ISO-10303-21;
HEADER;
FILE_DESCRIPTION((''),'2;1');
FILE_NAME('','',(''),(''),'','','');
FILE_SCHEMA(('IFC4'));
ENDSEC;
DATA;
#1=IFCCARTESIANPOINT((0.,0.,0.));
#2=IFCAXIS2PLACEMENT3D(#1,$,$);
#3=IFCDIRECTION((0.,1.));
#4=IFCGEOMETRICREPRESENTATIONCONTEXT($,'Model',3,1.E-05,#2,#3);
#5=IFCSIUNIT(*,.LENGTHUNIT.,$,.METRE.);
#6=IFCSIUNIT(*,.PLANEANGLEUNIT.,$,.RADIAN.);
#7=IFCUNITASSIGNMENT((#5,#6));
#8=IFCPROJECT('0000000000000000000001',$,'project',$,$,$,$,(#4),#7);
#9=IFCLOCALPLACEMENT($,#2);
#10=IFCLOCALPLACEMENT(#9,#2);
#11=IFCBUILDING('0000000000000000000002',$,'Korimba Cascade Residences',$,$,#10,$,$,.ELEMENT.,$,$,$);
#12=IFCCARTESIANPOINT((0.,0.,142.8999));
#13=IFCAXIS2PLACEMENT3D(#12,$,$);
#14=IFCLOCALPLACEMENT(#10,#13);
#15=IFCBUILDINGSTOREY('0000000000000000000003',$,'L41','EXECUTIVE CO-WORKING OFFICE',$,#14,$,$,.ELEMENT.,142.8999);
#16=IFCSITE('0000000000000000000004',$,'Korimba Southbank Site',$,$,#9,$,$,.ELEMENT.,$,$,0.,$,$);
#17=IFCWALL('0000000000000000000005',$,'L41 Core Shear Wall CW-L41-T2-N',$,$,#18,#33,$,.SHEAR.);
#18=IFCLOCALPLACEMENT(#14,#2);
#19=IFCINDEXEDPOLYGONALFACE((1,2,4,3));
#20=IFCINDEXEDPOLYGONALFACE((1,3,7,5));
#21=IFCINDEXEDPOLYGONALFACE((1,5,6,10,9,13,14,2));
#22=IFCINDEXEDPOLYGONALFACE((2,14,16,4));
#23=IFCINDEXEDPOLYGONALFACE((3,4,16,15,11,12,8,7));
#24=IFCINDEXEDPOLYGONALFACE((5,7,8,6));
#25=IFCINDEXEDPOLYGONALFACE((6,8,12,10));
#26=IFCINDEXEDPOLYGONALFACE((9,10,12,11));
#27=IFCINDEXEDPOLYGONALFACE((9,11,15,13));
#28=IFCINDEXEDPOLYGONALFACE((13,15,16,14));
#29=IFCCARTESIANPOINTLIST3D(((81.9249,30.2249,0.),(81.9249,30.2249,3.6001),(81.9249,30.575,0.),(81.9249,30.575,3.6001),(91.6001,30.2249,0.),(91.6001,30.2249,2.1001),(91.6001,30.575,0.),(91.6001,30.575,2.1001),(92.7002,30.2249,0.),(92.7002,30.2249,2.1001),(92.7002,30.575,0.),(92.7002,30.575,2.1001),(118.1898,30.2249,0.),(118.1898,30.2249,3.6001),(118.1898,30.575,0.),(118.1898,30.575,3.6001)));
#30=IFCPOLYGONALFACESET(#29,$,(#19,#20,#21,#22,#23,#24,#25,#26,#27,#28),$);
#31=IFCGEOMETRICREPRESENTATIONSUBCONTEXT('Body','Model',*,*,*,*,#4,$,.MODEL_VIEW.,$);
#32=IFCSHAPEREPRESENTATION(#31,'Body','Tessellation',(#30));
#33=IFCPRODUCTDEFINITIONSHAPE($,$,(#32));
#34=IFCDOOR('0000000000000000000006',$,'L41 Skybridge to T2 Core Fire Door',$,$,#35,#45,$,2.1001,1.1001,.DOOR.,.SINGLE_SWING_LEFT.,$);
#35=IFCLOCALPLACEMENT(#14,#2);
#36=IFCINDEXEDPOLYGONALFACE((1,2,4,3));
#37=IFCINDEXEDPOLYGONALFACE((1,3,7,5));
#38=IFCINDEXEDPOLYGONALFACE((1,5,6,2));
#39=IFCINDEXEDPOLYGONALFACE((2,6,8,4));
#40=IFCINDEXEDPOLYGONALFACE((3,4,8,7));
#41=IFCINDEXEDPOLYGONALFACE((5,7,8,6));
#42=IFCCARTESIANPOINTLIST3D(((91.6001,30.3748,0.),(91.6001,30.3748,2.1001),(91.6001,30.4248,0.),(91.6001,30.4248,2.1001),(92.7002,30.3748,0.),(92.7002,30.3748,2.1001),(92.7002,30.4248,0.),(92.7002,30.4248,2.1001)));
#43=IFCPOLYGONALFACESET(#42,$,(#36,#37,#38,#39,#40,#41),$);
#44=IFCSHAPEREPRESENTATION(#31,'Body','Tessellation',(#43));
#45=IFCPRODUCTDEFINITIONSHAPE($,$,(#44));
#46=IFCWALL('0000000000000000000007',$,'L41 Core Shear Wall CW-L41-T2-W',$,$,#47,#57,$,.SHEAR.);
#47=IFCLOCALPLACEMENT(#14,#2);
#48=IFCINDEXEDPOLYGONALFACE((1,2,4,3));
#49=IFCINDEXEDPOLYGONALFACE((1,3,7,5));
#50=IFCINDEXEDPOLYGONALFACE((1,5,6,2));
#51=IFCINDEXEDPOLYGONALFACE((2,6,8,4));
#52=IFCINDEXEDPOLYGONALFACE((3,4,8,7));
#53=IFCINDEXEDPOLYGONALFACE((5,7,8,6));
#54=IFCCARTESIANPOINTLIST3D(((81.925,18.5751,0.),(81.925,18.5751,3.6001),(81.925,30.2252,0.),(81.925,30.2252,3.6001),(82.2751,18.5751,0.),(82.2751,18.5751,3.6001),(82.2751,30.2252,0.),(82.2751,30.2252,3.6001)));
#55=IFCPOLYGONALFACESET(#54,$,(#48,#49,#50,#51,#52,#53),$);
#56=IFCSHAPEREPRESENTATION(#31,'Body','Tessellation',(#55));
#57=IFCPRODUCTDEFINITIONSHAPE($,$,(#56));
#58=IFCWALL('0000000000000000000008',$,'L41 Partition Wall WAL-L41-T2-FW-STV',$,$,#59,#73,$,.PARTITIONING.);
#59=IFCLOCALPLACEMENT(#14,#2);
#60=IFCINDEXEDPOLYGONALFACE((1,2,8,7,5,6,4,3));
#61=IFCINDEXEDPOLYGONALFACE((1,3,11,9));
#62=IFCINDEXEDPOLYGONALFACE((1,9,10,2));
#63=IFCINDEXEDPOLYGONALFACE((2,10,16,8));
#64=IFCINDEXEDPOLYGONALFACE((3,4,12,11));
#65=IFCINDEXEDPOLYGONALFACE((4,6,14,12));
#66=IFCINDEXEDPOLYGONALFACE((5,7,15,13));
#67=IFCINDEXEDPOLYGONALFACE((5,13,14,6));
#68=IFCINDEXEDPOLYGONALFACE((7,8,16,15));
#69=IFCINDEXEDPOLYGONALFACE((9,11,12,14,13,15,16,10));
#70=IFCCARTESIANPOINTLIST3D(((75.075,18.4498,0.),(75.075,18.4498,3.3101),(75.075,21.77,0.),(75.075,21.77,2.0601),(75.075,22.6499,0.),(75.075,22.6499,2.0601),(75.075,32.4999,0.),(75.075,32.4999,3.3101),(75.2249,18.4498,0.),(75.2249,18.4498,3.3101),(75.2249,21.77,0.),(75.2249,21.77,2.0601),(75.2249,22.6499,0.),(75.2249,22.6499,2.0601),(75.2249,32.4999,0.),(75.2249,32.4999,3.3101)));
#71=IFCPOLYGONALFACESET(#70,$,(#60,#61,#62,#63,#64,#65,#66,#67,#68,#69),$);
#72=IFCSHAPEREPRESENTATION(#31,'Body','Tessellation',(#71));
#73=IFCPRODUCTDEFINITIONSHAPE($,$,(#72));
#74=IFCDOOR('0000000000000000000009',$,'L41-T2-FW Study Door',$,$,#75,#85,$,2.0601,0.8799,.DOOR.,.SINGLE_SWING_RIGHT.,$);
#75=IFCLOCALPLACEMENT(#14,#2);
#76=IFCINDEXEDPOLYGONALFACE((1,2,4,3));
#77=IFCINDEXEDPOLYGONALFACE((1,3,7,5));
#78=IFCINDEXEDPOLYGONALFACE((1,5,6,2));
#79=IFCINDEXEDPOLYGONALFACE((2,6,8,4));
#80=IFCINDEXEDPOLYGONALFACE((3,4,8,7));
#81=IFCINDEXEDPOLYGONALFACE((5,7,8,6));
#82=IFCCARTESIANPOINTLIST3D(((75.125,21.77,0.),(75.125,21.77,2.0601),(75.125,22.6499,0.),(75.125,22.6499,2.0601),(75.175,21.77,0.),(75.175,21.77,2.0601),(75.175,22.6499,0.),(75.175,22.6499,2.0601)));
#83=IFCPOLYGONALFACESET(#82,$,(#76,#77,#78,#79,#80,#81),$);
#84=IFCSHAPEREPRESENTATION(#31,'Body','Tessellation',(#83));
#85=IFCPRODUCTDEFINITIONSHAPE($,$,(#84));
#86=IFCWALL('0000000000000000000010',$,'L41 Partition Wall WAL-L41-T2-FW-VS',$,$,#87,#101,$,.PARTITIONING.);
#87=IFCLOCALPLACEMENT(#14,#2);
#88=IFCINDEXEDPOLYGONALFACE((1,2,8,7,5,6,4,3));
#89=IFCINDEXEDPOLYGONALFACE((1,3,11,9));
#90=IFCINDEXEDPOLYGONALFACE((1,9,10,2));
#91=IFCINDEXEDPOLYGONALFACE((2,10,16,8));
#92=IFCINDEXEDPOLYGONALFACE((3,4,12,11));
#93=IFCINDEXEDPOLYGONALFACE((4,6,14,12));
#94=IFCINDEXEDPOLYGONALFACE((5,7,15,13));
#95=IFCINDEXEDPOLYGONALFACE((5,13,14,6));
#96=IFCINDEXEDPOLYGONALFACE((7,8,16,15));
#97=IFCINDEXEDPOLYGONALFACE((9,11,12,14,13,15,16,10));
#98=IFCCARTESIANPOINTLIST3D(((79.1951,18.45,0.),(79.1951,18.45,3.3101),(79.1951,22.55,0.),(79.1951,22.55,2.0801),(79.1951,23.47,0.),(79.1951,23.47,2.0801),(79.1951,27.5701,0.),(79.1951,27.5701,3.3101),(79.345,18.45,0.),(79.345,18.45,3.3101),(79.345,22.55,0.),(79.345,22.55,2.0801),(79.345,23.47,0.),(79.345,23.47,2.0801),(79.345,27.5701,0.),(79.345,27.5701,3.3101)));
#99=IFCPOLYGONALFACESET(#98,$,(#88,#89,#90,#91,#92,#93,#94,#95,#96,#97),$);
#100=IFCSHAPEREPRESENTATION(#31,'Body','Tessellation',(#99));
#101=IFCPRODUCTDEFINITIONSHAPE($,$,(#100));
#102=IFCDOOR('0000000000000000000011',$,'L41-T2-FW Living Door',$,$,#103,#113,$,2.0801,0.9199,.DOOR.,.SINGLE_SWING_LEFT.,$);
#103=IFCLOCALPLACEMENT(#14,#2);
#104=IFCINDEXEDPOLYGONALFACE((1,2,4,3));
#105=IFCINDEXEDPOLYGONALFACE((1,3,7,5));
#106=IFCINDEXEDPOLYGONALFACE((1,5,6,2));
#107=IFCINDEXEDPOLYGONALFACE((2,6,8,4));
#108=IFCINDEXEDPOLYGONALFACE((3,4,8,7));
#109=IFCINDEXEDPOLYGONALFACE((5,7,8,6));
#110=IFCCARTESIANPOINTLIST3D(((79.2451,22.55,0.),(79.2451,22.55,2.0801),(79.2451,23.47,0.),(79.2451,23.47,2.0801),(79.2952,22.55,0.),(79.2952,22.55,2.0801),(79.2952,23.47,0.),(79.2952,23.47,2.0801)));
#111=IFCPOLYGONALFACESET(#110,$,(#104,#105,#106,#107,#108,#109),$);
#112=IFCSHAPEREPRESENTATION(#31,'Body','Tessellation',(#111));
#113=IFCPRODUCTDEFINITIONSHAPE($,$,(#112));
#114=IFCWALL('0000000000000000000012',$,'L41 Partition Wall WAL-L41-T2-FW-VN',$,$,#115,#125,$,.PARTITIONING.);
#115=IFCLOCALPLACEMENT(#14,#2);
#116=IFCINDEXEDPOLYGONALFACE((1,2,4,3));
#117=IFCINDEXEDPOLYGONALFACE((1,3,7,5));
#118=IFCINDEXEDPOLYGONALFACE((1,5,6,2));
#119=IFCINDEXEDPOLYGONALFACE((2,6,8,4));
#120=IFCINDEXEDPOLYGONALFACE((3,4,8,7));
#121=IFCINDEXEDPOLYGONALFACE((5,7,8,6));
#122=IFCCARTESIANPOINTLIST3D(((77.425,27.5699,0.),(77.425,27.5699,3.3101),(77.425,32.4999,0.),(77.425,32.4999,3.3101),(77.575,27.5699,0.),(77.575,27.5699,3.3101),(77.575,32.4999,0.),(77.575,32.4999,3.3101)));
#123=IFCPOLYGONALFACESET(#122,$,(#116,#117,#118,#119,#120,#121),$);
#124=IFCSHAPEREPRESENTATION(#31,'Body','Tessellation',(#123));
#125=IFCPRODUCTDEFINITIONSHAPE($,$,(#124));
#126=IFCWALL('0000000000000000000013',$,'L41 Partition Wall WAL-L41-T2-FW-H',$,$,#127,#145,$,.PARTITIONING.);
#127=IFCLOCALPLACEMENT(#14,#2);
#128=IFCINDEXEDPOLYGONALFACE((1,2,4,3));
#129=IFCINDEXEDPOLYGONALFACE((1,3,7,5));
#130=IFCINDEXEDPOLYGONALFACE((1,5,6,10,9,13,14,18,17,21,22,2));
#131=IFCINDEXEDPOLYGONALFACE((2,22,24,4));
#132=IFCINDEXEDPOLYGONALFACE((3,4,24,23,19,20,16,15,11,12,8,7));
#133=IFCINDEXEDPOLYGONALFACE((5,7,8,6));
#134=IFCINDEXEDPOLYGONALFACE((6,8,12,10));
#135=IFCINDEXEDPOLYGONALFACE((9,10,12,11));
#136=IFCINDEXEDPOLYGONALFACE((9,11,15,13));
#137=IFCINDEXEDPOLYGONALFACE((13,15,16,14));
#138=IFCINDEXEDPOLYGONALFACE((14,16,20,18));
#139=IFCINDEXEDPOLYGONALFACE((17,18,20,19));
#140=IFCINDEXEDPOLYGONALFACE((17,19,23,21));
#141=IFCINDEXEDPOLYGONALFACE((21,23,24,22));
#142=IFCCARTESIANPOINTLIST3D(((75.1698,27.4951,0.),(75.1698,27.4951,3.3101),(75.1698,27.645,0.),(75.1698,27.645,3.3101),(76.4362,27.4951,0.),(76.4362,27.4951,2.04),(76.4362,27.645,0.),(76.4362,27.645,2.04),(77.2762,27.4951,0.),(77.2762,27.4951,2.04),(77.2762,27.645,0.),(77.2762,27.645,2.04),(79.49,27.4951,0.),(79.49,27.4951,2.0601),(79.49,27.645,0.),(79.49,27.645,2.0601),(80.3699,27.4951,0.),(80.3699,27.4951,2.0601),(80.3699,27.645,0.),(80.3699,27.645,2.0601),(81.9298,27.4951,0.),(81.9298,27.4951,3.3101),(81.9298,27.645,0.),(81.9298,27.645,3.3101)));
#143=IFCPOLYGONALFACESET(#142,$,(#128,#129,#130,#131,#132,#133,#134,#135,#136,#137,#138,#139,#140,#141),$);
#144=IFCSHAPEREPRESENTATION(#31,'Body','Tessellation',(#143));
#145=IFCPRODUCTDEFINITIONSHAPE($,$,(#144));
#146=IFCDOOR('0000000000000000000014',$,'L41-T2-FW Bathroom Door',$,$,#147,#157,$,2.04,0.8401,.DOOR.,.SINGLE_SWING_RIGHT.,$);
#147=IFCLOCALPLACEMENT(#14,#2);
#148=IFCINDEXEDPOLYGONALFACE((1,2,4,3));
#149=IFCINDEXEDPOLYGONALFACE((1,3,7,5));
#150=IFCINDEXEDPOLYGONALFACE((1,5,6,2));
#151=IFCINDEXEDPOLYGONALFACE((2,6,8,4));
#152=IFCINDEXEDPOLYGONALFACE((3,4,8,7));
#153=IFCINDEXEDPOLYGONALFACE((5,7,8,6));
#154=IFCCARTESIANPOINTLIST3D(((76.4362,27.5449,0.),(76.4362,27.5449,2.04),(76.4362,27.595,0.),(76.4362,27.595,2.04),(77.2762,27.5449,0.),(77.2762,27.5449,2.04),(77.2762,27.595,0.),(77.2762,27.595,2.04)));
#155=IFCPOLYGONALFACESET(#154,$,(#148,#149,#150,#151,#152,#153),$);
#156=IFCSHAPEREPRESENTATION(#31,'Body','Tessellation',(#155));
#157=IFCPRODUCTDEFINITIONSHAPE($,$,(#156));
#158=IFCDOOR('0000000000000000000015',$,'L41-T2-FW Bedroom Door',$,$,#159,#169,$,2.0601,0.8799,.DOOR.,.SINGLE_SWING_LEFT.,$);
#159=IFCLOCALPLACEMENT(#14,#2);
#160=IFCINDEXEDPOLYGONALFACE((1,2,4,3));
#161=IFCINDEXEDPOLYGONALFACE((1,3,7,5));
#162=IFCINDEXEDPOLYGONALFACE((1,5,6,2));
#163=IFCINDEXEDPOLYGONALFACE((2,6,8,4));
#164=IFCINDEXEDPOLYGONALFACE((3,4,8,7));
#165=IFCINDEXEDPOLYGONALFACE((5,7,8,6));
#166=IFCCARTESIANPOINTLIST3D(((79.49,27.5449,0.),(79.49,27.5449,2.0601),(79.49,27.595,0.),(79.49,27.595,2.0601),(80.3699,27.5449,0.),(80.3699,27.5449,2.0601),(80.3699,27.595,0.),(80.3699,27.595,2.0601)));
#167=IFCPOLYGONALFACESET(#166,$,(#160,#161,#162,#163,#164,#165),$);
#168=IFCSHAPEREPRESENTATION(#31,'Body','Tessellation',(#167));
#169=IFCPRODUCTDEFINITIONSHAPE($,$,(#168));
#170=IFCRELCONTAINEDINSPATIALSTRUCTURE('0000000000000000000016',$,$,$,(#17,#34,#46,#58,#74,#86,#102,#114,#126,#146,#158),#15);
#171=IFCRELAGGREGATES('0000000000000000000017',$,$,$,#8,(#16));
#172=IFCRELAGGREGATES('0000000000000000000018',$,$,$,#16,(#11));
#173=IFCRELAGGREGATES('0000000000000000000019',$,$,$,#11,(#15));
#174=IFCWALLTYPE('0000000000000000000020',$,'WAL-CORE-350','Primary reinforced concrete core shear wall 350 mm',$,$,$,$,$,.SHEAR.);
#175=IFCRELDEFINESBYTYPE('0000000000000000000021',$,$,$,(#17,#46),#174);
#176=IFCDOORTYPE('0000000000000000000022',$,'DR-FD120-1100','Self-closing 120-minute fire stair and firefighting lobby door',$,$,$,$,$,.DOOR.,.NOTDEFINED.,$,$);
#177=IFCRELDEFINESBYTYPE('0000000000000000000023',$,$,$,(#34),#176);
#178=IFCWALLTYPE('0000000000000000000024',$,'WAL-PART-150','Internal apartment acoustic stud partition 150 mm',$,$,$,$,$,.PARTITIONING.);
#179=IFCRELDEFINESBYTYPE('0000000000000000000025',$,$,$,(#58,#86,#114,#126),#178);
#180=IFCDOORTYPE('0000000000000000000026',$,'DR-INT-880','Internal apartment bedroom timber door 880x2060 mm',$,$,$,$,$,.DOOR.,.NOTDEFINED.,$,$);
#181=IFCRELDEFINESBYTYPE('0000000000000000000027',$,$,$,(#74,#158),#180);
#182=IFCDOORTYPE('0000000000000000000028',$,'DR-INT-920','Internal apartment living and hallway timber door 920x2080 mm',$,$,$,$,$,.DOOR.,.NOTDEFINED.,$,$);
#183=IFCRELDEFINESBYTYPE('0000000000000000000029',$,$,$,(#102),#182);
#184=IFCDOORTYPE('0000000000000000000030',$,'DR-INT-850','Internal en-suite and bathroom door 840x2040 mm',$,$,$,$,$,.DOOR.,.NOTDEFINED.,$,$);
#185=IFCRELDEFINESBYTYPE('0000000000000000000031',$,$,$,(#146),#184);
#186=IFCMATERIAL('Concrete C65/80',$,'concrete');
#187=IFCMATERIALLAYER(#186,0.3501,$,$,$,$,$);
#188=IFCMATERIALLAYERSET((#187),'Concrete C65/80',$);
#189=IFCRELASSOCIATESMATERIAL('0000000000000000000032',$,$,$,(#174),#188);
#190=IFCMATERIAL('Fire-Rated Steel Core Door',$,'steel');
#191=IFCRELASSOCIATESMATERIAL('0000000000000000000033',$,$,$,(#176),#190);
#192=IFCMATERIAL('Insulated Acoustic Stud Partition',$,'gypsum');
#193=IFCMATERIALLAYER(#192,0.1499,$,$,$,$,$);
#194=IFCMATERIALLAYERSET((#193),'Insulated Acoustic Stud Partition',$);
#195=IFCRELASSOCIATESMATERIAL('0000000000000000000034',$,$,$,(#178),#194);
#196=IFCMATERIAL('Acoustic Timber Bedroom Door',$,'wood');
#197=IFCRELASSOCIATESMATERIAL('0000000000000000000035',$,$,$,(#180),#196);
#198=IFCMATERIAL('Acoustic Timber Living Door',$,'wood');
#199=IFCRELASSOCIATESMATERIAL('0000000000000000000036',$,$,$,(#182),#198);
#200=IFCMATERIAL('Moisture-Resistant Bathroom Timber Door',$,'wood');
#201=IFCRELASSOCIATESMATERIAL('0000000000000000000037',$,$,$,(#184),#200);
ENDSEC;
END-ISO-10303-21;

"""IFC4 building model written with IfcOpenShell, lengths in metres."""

from ifc_helpers import new_model, si_unit, direction, frame, frame_2d, origin, place, context, subcontext, project, spatial, rectangle, extrude, material, layer, layer_set, type_object, element, fill, save


model = new_model("IFC4")

# Units and contexts
model_context = context("Model", 3, precision=1e-05, world=origin(), true_north=direction((0.0, 1.0)))
body_context = subcontext(model_context, "Body", "Model", "MODEL_VIEW")
ifc_project = project(units=[si_unit("LENGTHUNIT", "METRE"), si_unit("PLANEANGLEUNIT", "RADIAN")], contexts=[model_context])

# Site, building, storey
site_placement = place(None, origin())
site = spatial("IfcSite", under=ifc_project, at=site_placement, Name="Korimba Southbank Site", CompositionType="ELEMENT", RefElevation=0.0)
building_placement = place(site_placement, origin())
building = spatial("IfcBuilding", under=site, at=building_placement, Name="Korimba Cascade Residences", CompositionType="ELEMENT")
storey_placement = place(building_placement, frame((0.0, 0.0, 142.8999)))
storey = spatial("IfcBuildingStorey", under=building, at=storey_placement, Name="L41", Description="EXECUTIVE CO-WORKING OFFICE", CompositionType="ELEMENT", Elevation=142.8999)

# Wall, opening, door
ifc_material_1 = material(Name="Concrete C65/80", Category="concrete")
ifc_layer_1 = layer(ifc_material_1, 0.3501)
ifc_layer_set_1 = layer_set([ifc_layer_1], Name="Concrete C65/80")
wall_type_1 = type_object("IfcWallType", Name="WAL-CORE-350", Description="Primary reinforced concrete core shear wall 350 mm", PredefinedType="SHEAR", material=ifc_layer_set_1)
wall_1_placement = place(storey_placement, frame((81.925, 30.3999, 0.0), z_axis=(0.0, 0.0, 1.0), x_axis=(1.0, 0.0, 0.0)))
wall_1 = element("IfcWall", 1, at=wall_1_placement, inside=storey, type_object=wall_type_1, Name="L41 Core Shear Wall CW-L41-T2-N", PredefinedType="SHEAR", context=body_context, shape_type="SweptSolid", body=[
    extrude(rectangle(XDim=36.2649, YDim=0.3501, at=frame_2d((18.1323, 0.0))), origin(), (0.0, 0.0, 1.0), 3.6001),
])
opening_1_placement = place(wall_1_placement, frame((9.675, 0.0, 0.0)))
opening_1 = element("IfcOpeningElement", 2, at=opening_1_placement, cuts=wall_1, PredefinedType="OPENING", context=body_context, shape_type="SweptSolid", body=[
    extrude(rectangle(XDim=1.1001, YDim=2.1001, at=frame_2d((0.55, 1.05))), frame((0.0, 0.1851, 0.0), z_axis=(0.0, -1.0, 0.0), x_axis=(1.0, 0.0, 0.0)), (0.0, 0.0, 1.0), 0.3701),
])
ifc_material_2 = material(Name="Fire-Rated Steel Core Door", Category="steel")
door_type_1 = type_object("IfcDoorType", Name="DR-FD120-1100", Description="Self-closing 120-minute fire stair and firefighting lobby door", OperationType="NOTDEFINED", PredefinedType="DOOR", material=ifc_material_2)
door_1_placement = place(opening_1_placement, origin())
door_1 = element("IfcDoor", 3, at=door_1_placement, inside=storey, type_object=door_type_1, Name="L41 Skybridge to T2 Core Fire Door", OperationType="SINGLE_SWING_LEFT", OverallHeight=2.1001, OverallWidth=1.1001, PredefinedType="DOOR", context=body_context, shape_type="SweptSolid", body=[
    extrude(rectangle(XDim=1.1001, YDim=2.1001, at=frame_2d((0.55, 1.05))), frame((0.0, 0.0249, 0.0), z_axis=(0.0, -1.0, 0.0), x_axis=(1.0, 0.0, 0.0)), (0.0, 0.0, 1.0), 0.05),
])
fill(opening_1, door_1)

# Wall
wall_2_placement = place(storey_placement, frame((82.1001, 18.575, 0.0), z_axis=(0.0, 0.0, 1.0), x_axis=(0.0, 1.0, 0.0)))
element("IfcWall", 4, at=wall_2_placement, inside=storey, type_object=wall_type_1, Name="L41 Core Shear Wall CW-L41-T2-W", PredefinedType="SHEAR", context=body_context, shape_type="SweptSolid", body=[
    extrude(rectangle(XDim=11.6501, YDim=0.3501, at=frame_2d((5.8252, 0.0))), origin(), (0.0, 0.0, 1.0), 3.6001),
])

# Walls, openings, doors
ifc_material_3 = material(Name="Insulated Acoustic Stud Partition", Category="gypsum")
ifc_layer_2 = layer(ifc_material_3, 0.1499)
ifc_layer_set_2 = layer_set([ifc_layer_2], Name="Insulated Acoustic Stud Partition")
wall_type_2 = type_object("IfcWallType", Name="WAL-PART-150", Description="Internal apartment acoustic stud partition 150 mm", PredefinedType="PARTITIONING", material=ifc_layer_set_2)
wall_3_placement = place(storey_placement, frame((75.1499, 18.45, 0.0), z_axis=(0.0, 0.0, 1.0), x_axis=(0.0, 1.0, 0.0)))
wall_3 = element("IfcWall", 5, at=wall_3_placement, inside=storey, type_object=wall_type_2, Name="L41 Partition Wall WAL-L41-T2-FW-STV", PredefinedType="PARTITIONING", context=body_context, shape_type="SweptSolid", body=[
    extrude(rectangle(XDim=14.05, YDim=0.1499, at=frame_2d((7.0249, 0.0))), origin(), (0.0, 0.0, 1.0), 3.3101),
])
opening_2_placement = place(wall_3_placement, frame((3.3201, 0.0, 0.0)))
opening_2 = element("IfcOpeningElement", 6, at=opening_2_placement, cuts=wall_3, PredefinedType="OPENING", context=body_context, shape_type="SweptSolid", body=[
    extrude(rectangle(XDim=0.8799, YDim=2.0601, at=frame_2d((0.4399, 1.03))), frame((0.0, 0.085, 0.0), z_axis=(0.0, -1.0, 0.0), x_axis=(1.0, 0.0, 0.0)), (0.0, 0.0, 1.0), 0.1699),
])
ifc_material_4 = material(Name="Acoustic Timber Bedroom Door", Category="wood")
door_type_2 = type_object("IfcDoorType", Name="DR-INT-880", Description="Internal apartment bedroom timber door 880x2060 mm", OperationType="NOTDEFINED", PredefinedType="DOOR", material=ifc_material_4)
door_2_placement = place(opening_2_placement, origin())
door_2 = element("IfcDoor", 7, at=door_2_placement, inside=storey, type_object=door_type_2, Name="L41-T2-FW Study Door", OperationType="SINGLE_SWING_RIGHT", OverallHeight=2.0601, OverallWidth=0.8799, PredefinedType="DOOR", context=body_context, shape_type="SweptSolid", body=[
    extrude(rectangle(XDim=0.8799, YDim=2.0601, at=frame_2d((0.4399, 1.03))), frame((0.0, 0.0249, 0.0), z_axis=(0.0, -1.0, 0.0), x_axis=(1.0, 0.0, 0.0)), (0.0, 0.0, 1.0), 0.05),
])
fill(opening_2, door_2)
wall_4_placement = place(storey_placement, frame((79.27, 18.45, 0.0), z_axis=(0.0, 0.0, 1.0), x_axis=(0.0, 1.0, 0.0)))
wall_4 = element("IfcWall", 8, at=wall_4_placement, inside=storey, type_object=wall_type_2, Name="L41 Partition Wall WAL-L41-T2-FW-VS", PredefinedType="PARTITIONING", context=body_context, shape_type="SweptSolid", body=[
    extrude(rectangle(XDim=9.1201, YDim=0.1499, at=frame_2d((4.5601, 0.0))), origin(), (0.0, 0.0, 1.0), 3.3101),
])
opening_3_placement = place(wall_4_placement, frame((4.1001, 0.0, 0.0)))
opening_3 = element("IfcOpeningElement", 9, at=opening_3_placement, cuts=wall_4, PredefinedType="OPENING", context=body_context, shape_type="SweptSolid", body=[
    extrude(rectangle(XDim=0.9199, YDim=2.0801, at=frame_2d((0.46, 1.04))), frame((0.0, 0.085, 0.0), z_axis=(0.0, -1.0, 0.0), x_axis=(1.0, 0.0, 0.0)), (0.0, 0.0, 1.0), 0.1699),
])
ifc_material_5 = material(Name="Acoustic Timber Living Door", Category="wood")
door_type_3 = type_object("IfcDoorType", Name="DR-INT-920", Description="Internal apartment living and hallway timber door 920x2080 mm", OperationType="NOTDEFINED", PredefinedType="DOOR", material=ifc_material_5)
door_3_placement = place(opening_3_placement, origin())
door_3 = element("IfcDoor", 10, at=door_3_placement, inside=storey, type_object=door_type_3, Name="L41-T2-FW Living Door", OperationType="SINGLE_SWING_LEFT", OverallHeight=2.0801, OverallWidth=0.9199, PredefinedType="DOOR", context=body_context, shape_type="SweptSolid", body=[
    extrude(rectangle(XDim=0.9199, YDim=2.0801, at=frame_2d((0.46, 1.04))), frame((0.0, 0.0249, 0.0), z_axis=(0.0, -1.0, 0.0), x_axis=(1.0, 0.0, 0.0)), (0.0, 0.0, 1.0), 0.05),
])
fill(opening_3, door_3)

# Wall
wall_5_placement = place(storey_placement, frame((77.5, 27.5701, 0.0), z_axis=(0.0, 0.0, 1.0), x_axis=(0.0, 1.0, 0.0)))
element("IfcWall", 11, at=wall_5_placement, inside=storey, type_object=wall_type_2, Name="L41 Partition Wall WAL-L41-T2-FW-VN", PredefinedType="PARTITIONING", context=body_context, shape_type="SweptSolid", body=[
    extrude(rectangle(XDim=4.9299, YDim=0.1499, at=frame_2d((2.4648, 0.0))), origin(), (0.0, 0.0, 1.0), 3.3101),
])

# Wall, openings, doors
wall_6_placement = place(storey_placement, frame((75.1699, 27.5701, 0.0), z_axis=(0.0, 0.0, 1.0), x_axis=(1.0, 0.0, 0.0)))
wall_6 = element("IfcWall", 12, at=wall_6_placement, inside=storey, type_object=wall_type_2, Name="L41 Partition Wall WAL-L41-T2-FW-H", PredefinedType="PARTITIONING", context=body_context, shape_type="SweptSolid", body=[
    extrude(rectangle(XDim=6.76, YDim=0.1499, at=frame_2d((3.3799, 0.0))), origin(), (0.0, 0.0, 1.0), 3.3101),
])
opening_4_placement = place(wall_6_placement, frame((1.2664, 0.0, 0.0)))
opening_4 = element("IfcOpeningElement", 13, at=opening_4_placement, cuts=wall_6, PredefinedType="OPENING", context=body_context, shape_type="SweptSolid", body=[
    extrude(rectangle(XDim=0.8401, YDim=2.04, at=frame_2d((0.4199, 1.02))), frame((0.0, 0.085, 0.0), z_axis=(0.0, -1.0, 0.0), x_axis=(1.0, 0.0, 0.0)), (0.0, 0.0, 1.0), 0.1699),
])
opening_5_placement = place(wall_6_placement, frame((4.3201, 0.0, 0.0)))
opening_5 = element("IfcOpeningElement", 14, at=opening_5_placement, cuts=wall_6, PredefinedType="OPENING", context=body_context, shape_type="SweptSolid", body=[
    extrude(rectangle(XDim=0.8799, YDim=2.0601, at=frame_2d((0.4399, 1.03))), frame((0.0, 0.085, 0.0), z_axis=(0.0, -1.0, 0.0), x_axis=(1.0, 0.0, 0.0)), (0.0, 0.0, 1.0), 0.1699),
])
ifc_material_6 = material(Name="Moisture-Resistant Bathroom Timber Door", Category="wood")
door_type_4 = type_object("IfcDoorType", Name="DR-INT-850", Description="Internal en-suite and bathroom door 840x2040 mm", OperationType="NOTDEFINED", PredefinedType="DOOR", material=ifc_material_6)
door_4_placement = place(opening_4_placement, origin())
door_4 = element("IfcDoor", 15, at=door_4_placement, inside=storey, type_object=door_type_4, Name="L41-T2-FW Bathroom Door", OperationType="SINGLE_SWING_RIGHT", OverallHeight=2.04, OverallWidth=0.8401, PredefinedType="DOOR", context=body_context, shape_type="SweptSolid", body=[
    extrude(rectangle(XDim=0.8401, YDim=2.04, at=frame_2d((0.4199, 1.02))), frame((0.0, 0.0249, 0.0), z_axis=(0.0, -1.0, 0.0), x_axis=(1.0, 0.0, 0.0)), (0.0, 0.0, 1.0), 0.05),
])
fill(opening_4, door_4)
door_5_placement = place(opening_5_placement, origin())
door_5 = element("IfcDoor", 16, at=door_5_placement, inside=storey, type_object=door_type_2, Name="L41-T2-FW Bedroom Door", OperationType="SINGLE_SWING_LEFT", OverallHeight=2.0601, OverallWidth=0.8799, PredefinedType="DOOR", context=body_context, shape_type="SweptSolid", body=[
    extrude(rectangle(XDim=0.8799, YDim=2.0601, at=frame_2d((0.4399, 1.03))), frame((0.0, 0.0249, 0.0), z_axis=(0.0, -1.0, 0.0), x_axis=(1.0, 0.0, 0.0)), (0.0, 0.0, 1.0), 0.05),
])
fill(opening_5, door_5)

save(model, "model.ifc")
